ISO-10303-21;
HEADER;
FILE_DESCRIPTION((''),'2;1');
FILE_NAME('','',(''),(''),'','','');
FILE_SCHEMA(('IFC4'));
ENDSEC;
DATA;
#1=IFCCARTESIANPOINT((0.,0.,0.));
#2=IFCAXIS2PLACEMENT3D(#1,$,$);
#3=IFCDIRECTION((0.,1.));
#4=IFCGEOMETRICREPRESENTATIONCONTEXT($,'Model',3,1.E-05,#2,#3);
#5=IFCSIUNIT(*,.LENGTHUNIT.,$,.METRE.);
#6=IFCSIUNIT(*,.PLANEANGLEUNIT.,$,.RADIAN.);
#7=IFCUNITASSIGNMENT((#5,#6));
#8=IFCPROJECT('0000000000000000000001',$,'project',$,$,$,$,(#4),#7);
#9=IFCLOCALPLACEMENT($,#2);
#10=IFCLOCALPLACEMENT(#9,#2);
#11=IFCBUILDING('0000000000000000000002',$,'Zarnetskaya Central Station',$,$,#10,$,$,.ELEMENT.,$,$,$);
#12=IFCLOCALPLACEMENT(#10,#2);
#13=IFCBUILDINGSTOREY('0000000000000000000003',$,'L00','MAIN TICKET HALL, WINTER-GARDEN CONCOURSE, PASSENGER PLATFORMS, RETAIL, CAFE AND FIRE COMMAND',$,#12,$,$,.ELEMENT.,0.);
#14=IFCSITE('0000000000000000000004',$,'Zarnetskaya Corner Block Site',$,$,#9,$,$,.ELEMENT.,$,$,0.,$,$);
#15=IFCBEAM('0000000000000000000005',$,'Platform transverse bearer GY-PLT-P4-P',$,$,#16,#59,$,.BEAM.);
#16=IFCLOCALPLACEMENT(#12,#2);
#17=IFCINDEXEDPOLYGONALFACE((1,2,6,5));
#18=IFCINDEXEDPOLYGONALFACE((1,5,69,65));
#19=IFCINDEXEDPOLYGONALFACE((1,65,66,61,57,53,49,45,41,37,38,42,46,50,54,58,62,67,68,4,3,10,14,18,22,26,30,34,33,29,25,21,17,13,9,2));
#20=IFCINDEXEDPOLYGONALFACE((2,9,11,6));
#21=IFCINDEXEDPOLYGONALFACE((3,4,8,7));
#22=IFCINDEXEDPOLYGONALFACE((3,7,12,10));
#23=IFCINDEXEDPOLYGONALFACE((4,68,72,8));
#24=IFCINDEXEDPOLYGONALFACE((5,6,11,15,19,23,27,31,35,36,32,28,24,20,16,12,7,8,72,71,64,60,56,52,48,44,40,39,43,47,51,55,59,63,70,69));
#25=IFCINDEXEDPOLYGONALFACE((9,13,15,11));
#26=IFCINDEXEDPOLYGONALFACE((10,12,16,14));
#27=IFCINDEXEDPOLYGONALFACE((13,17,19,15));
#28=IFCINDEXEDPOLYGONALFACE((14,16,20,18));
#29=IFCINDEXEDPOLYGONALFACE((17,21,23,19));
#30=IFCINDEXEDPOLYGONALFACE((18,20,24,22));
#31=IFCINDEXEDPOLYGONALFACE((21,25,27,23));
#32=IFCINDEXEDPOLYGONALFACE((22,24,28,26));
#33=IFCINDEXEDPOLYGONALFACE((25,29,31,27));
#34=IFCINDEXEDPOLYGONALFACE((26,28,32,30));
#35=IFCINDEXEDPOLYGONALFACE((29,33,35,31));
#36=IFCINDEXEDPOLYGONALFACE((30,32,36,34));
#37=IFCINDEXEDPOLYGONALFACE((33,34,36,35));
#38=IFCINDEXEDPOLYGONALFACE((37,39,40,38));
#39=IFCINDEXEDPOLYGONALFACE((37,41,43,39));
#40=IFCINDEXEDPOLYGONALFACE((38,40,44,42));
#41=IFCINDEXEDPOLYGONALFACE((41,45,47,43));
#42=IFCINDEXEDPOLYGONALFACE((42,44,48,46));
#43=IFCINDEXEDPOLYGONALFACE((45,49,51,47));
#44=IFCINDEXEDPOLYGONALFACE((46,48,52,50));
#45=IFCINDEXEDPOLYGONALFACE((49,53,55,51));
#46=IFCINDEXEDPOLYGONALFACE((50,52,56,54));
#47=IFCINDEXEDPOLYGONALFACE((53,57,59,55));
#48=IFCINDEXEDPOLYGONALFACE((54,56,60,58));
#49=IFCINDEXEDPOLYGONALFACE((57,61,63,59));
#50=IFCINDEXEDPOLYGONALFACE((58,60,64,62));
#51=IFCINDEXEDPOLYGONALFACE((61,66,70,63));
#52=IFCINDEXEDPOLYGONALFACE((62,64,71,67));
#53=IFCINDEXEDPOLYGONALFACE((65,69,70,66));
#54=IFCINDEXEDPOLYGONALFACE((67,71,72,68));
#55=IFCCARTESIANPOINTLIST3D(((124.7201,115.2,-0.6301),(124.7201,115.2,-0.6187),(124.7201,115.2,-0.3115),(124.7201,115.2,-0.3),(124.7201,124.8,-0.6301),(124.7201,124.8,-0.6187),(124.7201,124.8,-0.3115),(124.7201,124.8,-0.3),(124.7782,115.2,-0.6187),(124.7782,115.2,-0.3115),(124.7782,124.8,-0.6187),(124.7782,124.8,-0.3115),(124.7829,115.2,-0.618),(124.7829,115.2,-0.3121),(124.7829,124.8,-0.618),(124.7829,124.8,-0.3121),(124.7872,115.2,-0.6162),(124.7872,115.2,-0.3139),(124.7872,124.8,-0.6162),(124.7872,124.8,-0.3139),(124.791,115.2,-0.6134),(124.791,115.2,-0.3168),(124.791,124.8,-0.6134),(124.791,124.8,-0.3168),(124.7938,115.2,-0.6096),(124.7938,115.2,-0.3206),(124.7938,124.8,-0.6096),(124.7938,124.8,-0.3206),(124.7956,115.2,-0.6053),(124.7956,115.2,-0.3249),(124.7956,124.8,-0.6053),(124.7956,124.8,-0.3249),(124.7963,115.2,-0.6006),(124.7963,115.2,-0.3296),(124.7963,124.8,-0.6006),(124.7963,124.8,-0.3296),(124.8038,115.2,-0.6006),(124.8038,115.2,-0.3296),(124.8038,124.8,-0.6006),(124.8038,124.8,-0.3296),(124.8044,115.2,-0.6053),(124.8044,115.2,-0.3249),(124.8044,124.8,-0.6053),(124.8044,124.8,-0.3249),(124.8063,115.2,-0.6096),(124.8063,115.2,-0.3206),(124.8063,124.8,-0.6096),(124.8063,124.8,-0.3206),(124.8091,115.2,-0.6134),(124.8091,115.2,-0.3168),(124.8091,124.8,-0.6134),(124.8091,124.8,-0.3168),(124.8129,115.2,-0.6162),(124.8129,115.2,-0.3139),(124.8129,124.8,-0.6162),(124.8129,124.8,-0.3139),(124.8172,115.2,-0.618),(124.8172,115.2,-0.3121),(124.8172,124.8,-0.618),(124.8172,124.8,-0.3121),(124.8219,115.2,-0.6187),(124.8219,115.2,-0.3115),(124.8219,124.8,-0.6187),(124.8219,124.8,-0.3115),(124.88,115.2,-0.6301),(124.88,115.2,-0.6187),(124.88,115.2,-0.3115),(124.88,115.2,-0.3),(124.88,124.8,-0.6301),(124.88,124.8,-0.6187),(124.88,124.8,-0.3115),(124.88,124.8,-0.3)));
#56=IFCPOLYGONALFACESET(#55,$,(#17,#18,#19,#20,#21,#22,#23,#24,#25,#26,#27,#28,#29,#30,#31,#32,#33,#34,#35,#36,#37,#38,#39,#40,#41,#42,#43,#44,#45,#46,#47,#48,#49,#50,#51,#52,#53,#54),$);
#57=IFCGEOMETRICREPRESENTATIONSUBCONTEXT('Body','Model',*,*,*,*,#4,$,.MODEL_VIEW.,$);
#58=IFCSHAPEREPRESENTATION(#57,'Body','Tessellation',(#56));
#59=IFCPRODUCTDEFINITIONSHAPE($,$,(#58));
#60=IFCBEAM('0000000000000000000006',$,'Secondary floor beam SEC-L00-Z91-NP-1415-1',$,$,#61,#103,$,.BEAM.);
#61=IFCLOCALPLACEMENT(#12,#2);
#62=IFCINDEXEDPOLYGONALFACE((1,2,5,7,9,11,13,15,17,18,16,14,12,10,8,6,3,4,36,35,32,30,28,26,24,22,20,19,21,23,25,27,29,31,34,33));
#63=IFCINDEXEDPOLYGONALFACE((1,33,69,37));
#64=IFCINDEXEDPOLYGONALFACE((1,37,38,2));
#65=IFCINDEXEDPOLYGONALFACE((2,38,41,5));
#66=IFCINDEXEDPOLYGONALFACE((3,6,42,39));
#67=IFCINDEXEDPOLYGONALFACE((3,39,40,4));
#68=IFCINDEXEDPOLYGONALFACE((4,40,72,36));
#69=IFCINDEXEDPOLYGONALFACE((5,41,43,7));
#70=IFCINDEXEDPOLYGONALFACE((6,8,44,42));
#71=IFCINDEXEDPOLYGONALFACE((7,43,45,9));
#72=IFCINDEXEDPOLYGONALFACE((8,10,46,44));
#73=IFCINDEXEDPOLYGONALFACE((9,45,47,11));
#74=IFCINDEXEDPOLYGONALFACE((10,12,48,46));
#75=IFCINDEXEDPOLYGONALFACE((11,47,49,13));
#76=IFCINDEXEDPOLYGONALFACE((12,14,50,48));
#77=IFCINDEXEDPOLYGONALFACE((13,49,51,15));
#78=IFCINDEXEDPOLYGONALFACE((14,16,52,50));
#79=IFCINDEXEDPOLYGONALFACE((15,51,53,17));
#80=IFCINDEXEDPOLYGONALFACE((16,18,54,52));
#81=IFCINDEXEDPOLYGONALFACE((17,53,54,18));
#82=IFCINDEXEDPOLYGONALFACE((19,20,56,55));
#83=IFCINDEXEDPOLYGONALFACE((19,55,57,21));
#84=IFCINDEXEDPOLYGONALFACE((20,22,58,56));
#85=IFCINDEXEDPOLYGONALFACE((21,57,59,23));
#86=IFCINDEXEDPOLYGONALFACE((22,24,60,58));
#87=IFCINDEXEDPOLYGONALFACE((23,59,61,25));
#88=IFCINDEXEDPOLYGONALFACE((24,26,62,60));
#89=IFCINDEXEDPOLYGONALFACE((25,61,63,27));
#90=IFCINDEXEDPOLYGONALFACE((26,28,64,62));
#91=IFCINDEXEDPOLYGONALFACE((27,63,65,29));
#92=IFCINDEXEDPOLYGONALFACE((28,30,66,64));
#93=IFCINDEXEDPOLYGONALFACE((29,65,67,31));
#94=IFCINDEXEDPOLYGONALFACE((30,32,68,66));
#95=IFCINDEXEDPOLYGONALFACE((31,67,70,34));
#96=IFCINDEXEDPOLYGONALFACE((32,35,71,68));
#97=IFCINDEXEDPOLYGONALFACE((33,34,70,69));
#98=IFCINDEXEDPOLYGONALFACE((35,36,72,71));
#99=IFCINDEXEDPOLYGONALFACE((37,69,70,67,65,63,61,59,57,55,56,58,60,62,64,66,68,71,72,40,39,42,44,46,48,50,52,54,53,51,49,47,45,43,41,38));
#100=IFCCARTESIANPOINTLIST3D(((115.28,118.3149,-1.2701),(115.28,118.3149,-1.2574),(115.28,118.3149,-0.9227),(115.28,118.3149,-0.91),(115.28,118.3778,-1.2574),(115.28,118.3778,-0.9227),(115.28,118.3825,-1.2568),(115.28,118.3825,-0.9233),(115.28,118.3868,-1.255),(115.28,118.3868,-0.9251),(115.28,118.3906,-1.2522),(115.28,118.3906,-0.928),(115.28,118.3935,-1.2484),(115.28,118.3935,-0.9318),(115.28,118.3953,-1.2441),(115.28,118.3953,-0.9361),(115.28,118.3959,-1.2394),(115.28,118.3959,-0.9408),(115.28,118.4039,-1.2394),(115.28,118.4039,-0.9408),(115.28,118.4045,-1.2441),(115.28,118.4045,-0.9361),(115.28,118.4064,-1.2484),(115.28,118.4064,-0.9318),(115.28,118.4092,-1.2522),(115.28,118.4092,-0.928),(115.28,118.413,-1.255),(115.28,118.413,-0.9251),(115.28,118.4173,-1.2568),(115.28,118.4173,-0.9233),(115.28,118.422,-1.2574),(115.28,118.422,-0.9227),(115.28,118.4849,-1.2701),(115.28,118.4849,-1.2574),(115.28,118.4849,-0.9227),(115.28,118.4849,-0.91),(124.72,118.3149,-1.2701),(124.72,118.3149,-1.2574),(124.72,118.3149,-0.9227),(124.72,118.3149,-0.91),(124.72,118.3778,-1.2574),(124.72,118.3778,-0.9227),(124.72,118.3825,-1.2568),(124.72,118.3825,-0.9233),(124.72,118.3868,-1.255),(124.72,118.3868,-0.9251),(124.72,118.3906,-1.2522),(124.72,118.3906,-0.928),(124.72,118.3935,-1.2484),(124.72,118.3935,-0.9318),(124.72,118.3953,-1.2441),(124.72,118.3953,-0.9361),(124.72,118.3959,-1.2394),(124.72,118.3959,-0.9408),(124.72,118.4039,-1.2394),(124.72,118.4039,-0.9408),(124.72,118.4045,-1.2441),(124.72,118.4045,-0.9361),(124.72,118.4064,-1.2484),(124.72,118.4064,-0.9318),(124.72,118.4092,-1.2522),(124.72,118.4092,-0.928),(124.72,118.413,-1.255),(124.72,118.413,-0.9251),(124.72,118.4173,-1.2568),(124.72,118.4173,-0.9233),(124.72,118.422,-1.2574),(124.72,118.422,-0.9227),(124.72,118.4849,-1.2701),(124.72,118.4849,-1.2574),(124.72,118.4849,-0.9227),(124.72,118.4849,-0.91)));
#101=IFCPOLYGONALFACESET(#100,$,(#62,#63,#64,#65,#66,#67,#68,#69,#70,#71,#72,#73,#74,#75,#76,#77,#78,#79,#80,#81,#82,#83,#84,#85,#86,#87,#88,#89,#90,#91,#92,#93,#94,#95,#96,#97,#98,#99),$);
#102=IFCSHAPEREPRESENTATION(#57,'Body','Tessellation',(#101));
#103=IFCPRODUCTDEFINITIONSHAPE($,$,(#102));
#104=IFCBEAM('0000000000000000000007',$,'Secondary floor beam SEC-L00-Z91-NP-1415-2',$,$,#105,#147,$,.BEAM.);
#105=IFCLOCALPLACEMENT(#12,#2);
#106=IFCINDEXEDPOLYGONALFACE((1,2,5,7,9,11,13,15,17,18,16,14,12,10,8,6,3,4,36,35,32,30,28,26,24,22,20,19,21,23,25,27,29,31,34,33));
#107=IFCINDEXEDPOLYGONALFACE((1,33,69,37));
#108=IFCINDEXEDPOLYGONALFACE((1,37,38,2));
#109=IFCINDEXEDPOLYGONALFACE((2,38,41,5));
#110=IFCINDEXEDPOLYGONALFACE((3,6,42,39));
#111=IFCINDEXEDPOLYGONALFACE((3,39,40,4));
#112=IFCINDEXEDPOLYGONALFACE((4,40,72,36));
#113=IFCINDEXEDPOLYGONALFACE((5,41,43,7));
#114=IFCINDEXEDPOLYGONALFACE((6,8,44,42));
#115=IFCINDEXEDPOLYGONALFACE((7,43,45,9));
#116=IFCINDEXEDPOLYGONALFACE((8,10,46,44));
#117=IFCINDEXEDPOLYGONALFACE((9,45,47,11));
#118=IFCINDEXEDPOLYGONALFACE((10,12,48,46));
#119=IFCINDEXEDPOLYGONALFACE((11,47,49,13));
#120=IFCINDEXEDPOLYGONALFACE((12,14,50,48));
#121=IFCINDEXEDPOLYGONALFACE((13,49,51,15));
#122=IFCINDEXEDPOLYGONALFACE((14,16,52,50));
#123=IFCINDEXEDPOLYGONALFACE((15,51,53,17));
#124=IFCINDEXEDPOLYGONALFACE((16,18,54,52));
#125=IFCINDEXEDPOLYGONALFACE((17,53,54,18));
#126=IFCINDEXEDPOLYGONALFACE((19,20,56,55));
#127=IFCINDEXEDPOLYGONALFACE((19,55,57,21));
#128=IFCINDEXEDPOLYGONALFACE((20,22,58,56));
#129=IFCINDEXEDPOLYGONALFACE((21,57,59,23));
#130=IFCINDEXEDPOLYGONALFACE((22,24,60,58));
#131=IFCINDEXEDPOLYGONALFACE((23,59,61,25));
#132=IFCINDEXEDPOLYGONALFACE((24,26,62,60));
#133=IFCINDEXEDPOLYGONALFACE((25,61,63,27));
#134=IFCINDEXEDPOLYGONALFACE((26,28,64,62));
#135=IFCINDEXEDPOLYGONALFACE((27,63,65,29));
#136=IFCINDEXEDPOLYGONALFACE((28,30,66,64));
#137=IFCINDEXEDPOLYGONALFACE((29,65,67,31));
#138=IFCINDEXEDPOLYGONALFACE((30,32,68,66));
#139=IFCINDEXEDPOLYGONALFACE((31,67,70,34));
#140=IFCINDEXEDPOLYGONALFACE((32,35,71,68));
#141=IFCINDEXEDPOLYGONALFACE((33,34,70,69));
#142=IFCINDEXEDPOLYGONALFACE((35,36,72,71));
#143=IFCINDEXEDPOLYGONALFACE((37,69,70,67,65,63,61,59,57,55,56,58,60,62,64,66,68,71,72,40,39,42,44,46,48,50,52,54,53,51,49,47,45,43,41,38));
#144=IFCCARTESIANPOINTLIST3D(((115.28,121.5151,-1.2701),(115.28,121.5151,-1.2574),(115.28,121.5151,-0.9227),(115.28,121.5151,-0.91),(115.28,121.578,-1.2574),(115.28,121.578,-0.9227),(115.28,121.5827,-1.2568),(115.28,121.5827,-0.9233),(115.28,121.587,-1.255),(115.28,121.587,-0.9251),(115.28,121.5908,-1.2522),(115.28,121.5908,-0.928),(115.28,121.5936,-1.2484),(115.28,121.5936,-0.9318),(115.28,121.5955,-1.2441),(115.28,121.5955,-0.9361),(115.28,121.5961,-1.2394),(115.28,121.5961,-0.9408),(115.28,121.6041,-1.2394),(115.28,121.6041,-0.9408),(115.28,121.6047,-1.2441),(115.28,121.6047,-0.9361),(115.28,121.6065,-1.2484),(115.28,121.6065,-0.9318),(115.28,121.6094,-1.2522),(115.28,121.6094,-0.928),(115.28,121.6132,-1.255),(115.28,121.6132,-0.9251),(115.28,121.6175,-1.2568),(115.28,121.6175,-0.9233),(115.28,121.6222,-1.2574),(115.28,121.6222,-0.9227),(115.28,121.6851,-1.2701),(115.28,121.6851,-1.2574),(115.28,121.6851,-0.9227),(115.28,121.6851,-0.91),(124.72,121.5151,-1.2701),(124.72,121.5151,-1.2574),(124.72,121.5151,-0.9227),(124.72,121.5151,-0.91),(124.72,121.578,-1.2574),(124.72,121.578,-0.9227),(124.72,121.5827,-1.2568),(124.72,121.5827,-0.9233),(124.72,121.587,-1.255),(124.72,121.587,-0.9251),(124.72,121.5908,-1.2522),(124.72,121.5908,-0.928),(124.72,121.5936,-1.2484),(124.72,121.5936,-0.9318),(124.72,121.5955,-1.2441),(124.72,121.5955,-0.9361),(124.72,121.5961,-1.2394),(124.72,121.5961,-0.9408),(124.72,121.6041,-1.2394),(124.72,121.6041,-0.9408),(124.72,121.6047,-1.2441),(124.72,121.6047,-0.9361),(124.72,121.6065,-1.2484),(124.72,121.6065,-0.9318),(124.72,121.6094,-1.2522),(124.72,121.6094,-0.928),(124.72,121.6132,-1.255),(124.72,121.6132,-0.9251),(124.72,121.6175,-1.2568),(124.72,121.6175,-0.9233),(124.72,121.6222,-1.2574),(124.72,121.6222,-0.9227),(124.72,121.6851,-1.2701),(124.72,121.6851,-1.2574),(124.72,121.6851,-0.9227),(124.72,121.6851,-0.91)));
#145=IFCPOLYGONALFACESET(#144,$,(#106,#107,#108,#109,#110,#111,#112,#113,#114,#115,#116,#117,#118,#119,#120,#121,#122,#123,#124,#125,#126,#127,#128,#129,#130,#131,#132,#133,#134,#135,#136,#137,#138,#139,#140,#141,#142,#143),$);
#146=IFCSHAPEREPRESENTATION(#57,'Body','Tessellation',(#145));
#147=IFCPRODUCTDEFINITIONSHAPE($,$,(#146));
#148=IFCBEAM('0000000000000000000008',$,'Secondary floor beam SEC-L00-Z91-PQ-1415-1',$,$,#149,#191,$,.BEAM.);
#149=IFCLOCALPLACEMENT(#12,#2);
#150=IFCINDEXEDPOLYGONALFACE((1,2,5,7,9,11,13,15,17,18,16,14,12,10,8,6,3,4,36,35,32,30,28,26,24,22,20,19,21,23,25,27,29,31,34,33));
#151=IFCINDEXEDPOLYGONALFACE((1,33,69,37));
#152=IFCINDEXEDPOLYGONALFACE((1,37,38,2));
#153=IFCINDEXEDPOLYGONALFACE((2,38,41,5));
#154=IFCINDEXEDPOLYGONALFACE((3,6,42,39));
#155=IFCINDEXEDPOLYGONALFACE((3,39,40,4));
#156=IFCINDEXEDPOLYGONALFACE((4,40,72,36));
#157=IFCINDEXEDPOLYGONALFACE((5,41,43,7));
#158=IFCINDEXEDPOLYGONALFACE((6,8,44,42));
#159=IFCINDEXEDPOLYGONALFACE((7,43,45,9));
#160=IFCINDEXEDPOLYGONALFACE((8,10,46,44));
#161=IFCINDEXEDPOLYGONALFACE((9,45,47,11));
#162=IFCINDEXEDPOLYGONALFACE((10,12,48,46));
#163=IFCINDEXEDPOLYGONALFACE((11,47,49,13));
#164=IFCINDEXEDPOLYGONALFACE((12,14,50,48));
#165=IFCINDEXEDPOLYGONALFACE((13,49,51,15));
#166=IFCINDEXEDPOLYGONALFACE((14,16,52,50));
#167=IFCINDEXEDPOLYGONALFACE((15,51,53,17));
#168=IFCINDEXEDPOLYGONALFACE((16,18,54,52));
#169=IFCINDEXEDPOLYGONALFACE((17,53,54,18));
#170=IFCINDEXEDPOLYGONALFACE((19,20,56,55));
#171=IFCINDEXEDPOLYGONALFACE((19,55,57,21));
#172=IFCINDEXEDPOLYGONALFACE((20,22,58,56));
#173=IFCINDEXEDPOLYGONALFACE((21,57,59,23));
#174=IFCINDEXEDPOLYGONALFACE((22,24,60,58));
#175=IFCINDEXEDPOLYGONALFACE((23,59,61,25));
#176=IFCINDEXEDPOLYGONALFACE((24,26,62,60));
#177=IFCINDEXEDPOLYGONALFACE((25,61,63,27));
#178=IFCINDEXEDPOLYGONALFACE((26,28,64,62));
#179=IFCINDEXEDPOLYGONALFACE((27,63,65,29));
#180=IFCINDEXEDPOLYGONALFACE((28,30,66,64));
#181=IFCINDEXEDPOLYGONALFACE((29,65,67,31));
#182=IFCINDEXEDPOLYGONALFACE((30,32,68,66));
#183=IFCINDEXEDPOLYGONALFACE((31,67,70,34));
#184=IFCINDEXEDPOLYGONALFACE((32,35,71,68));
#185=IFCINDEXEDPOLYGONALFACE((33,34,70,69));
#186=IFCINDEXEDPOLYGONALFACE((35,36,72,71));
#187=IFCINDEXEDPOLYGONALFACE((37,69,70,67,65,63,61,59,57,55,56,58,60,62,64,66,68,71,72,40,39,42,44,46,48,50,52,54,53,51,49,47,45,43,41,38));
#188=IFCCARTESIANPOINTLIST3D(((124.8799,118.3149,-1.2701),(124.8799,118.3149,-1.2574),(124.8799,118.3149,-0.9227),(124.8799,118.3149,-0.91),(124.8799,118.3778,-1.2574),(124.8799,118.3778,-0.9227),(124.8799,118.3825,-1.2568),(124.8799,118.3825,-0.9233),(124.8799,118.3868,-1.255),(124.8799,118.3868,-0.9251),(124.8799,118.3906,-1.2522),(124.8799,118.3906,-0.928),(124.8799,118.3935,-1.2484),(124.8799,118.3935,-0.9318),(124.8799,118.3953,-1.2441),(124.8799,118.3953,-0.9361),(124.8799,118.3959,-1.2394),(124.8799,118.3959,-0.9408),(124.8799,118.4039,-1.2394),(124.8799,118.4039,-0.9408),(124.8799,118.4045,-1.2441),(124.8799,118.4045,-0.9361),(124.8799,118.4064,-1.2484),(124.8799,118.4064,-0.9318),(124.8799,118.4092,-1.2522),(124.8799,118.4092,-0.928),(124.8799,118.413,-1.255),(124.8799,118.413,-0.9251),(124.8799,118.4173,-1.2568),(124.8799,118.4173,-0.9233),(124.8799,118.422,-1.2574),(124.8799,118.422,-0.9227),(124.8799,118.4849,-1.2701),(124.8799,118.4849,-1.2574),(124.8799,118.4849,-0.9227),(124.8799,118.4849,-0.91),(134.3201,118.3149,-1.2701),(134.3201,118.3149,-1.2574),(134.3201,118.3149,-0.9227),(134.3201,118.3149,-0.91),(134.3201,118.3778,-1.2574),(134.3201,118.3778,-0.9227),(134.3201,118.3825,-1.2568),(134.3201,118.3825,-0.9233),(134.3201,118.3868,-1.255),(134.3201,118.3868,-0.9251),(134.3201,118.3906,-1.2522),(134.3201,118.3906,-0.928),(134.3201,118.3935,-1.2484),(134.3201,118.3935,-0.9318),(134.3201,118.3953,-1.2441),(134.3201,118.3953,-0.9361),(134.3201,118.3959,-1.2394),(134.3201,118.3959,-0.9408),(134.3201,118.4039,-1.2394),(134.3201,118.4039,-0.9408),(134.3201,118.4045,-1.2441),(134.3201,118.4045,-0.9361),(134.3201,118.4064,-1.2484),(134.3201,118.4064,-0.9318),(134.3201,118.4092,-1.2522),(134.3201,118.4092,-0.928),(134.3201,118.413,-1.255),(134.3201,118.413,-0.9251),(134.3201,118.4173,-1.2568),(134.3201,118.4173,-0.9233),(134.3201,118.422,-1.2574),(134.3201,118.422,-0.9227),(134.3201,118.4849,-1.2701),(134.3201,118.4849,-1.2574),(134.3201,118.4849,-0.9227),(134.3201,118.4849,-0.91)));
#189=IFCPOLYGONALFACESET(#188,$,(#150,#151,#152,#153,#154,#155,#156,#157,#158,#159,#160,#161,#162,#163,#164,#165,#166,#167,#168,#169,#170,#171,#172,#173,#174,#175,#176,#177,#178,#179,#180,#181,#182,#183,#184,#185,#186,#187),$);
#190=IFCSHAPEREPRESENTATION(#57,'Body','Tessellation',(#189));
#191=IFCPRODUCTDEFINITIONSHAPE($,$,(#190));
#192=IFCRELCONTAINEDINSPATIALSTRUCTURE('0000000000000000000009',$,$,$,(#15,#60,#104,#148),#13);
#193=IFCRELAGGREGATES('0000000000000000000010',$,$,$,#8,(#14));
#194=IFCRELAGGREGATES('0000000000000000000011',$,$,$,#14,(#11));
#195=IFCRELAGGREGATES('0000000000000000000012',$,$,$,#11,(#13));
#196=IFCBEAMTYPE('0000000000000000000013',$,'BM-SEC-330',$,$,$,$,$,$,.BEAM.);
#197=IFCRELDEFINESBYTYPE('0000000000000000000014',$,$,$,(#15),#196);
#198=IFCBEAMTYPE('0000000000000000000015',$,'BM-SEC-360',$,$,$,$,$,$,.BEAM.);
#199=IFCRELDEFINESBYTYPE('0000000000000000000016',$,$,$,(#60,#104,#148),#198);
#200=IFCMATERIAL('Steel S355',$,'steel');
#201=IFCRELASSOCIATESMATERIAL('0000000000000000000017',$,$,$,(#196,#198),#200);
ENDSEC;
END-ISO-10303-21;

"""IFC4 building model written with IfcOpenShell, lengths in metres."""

from ifc_helpers import new_model, si_unit, direction, frame, origin, origin_2d, place, context, subcontext, project, spatial, i_section, extrude, material, material_profile, profile_set, type_object, element, save


model = new_model("IFC4")

# Units and contexts
model_context = context("Model", 3, precision=1e-05, world=origin(), true_north=direction((0.0, 1.0)))
body_context = subcontext(model_context, "Body", "Model", "MODEL_VIEW")
ifc_project = project(units=[si_unit("LENGTHUNIT", "METRE"), si_unit("PLANEANGLEUNIT", "RADIAN")], contexts=[model_context])

# Site, building, storey
site_placement = place(None, origin())
site = spatial("IfcSite", under=ifc_project, at=site_placement, Name="Zarnetskaya Corner Block Site", CompositionType="ELEMENT", RefElevation=0.0)
building_placement = place(site_placement, origin())
building = spatial("IfcBuilding", under=site, at=building_placement, Name="Zarnetskaya Central Station", CompositionType="ELEMENT")
storey_placement = place(building_placement, origin())
storey = spatial("IfcBuildingStorey", under=building, at=storey_placement, Name="L00", Description="MAIN TICKET HALL, WINTER-GARDEN CONCOURSE, PASSENGER PLATFORMS, RETAIL, CAFE AND FIRE COMMAND", CompositionType="ELEMENT", Elevation=0.0)

# Beams
ifc_material_1 = material(Name="Steel S355", Category="steel")
ifc_material_profile_1 = material_profile(ifc_material_1, i_section(OverallWidth=0.1599, OverallDepth=0.3301, WebThickness=0.0076, FlangeThickness=0.0115, FilletRadius=0.0181, at=origin_2d()), Name="IPE 330")
ifc_profile_set_1 = profile_set([ifc_material_profile_1], Name="Steel S355")
beam_type_1 = type_object("IfcBeamType", Name="BM-SEC-330", PredefinedType="BEAM", material=ifc_profile_set_1)
beam_placement = place(storey_placement, frame((124.8, 115.2, -0.4651), z_axis=(0.0, 1.0, 0.0), x_axis=(-1.0, 0.0, 0.0)))
element("IfcBeam", 1, at=beam_placement, inside=storey, type_object=beam_type_1, Name="Platform transverse bearer GY-PLT-P4-P", PredefinedType="BEAM", context=body_context, shape_type="SweptSolid", body=[
    extrude(i_section(OverallWidth=0.1599, OverallDepth=0.3301, WebThickness=0.0076, FlangeThickness=0.0115, FilletRadius=0.0181, at=origin_2d()), origin(), (0.0, 0.0, 1.0), 9.6001),
])
ifc_material_profile_2 = material_profile(ifc_material_1, i_section(OverallWidth=0.1699, OverallDepth=0.3601, WebThickness=0.0081, FlangeThickness=0.0127, FilletRadius=0.0181, at=origin_2d()), Name="IPE 360")
ifc_profile_set_2 = profile_set([ifc_material_profile_2], Name="Steel S355")
beam_type_2 = type_object("IfcBeamType", Name="BM-SEC-360", PredefinedType="BEAM", material=ifc_profile_set_2)
for number, where, z_axis, x_axis, name in (
    (2, (115.28, 118.3999, -1.0901), (1.0, 0.0, 0.0), (0.0, 1.0, 0.0), "Secondary floor beam SEC-L00-Z91-NP-1415-1"),
    (3, (115.28, 121.6001, -1.0901), (1.0, 0.0, 0.0), (0.0, 1.0, 0.0), "Secondary floor beam SEC-L00-Z91-NP-1415-2"),
):
    element("IfcBeam", number, at=place(storey_placement, frame(where, z_axis=z_axis, x_axis=x_axis)), inside=storey, type_object=beam_type_2, Name=name, PredefinedType="BEAM", context=body_context, shape_type="SweptSolid", body=[
        extrude(i_section(OverallWidth=0.1699, OverallDepth=0.3601, WebThickness=0.0081, FlangeThickness=0.0127, FilletRadius=0.0181, at=origin_2d()), origin(), (0.0, 0.0, 1.0), 9.4399),
    ])
for number, where, z_axis, x_axis, name in (
    (4, (124.8799, 118.3999, -1.0901), (1.0, 0.0, 0.0), (0.0, 1.0, 0.0), "Secondary floor beam SEC-L00-Z91-PQ-1415-1"),
):
    element("IfcBeam", number, at=place(storey_placement, frame(where, z_axis=z_axis, x_axis=x_axis)), inside=storey, type_object=beam_type_2, Name=name, PredefinedType="BEAM", context=body_context, shape_type="SweptSolid", body=[
        extrude(i_section(OverallWidth=0.1699, OverallDepth=0.3601, WebThickness=0.0081, FlangeThickness=0.0127, FilletRadius=0.0181, at=origin_2d()), origin(), (0.0, 0.0, 1.0), 9.4402),
    ])

save(model, "model.ifc")
